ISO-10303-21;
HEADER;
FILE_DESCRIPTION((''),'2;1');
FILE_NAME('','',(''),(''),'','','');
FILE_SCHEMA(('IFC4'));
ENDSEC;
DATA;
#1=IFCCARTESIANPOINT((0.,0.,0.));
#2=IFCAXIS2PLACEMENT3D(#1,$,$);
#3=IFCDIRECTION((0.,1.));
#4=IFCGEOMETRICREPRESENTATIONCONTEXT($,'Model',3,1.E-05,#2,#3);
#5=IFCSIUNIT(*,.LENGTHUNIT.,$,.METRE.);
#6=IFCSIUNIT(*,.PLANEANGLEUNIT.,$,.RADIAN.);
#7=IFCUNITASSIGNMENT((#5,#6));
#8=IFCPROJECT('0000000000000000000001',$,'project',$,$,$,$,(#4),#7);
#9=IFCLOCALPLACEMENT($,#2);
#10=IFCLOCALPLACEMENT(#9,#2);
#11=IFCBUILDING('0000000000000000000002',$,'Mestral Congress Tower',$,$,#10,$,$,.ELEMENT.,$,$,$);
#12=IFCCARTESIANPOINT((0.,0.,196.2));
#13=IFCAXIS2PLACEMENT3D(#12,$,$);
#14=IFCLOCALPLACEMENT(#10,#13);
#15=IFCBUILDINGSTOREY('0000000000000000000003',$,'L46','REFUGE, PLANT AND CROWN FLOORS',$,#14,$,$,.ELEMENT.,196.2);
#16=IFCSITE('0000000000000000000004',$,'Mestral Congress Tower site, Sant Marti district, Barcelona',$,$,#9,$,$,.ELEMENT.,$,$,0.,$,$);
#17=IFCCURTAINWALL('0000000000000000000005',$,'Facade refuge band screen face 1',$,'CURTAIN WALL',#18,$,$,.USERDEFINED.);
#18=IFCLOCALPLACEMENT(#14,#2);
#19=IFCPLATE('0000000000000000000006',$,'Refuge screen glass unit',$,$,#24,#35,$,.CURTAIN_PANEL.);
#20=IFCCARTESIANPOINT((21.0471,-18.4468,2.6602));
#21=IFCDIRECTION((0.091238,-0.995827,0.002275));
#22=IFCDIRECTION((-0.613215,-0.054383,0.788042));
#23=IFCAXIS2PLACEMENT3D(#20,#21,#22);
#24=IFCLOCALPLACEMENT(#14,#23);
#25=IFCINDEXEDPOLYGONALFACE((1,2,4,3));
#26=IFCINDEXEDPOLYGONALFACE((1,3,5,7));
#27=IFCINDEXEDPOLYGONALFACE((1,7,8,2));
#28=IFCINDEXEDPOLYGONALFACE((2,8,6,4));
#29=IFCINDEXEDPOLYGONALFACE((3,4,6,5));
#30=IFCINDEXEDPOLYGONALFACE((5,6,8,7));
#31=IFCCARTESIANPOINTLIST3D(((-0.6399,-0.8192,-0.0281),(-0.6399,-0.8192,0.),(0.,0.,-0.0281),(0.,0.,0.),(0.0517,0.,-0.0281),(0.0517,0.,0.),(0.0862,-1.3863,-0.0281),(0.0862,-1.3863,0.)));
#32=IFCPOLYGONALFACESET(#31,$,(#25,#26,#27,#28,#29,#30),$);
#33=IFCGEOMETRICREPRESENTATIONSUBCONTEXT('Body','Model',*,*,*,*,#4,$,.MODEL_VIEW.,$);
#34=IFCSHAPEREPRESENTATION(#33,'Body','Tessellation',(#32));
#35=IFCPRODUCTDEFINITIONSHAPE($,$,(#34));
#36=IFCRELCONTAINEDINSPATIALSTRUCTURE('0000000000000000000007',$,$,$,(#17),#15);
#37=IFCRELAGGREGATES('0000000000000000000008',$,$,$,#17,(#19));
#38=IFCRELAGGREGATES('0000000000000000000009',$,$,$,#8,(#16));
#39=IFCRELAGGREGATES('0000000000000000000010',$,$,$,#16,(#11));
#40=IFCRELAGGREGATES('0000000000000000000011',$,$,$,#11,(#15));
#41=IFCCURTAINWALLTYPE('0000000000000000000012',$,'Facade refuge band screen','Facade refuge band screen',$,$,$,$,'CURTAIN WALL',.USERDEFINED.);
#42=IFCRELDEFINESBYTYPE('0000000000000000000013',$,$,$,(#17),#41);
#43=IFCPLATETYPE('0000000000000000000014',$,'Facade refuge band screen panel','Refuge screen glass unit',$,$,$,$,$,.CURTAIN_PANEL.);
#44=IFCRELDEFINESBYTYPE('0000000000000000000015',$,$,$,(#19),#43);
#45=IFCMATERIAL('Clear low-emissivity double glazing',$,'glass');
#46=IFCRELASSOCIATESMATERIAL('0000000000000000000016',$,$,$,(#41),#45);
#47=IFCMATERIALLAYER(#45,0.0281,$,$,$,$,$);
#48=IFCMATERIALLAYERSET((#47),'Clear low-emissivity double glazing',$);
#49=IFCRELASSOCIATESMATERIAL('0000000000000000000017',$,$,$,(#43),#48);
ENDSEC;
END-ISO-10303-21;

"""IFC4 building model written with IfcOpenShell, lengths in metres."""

from ifc_helpers import new_model, si_unit, direction, frame, origin, place, context, subcontext, project, spatial, polyline, outline, extrude, material, layer, layer_set, type_object, element, aggregate, save


model = new_model("IFC4")

# Units and contexts
model_context = context("Model", 3, precision=1e-05, world=origin(), true_north=direction((0.0, 1.0)))
body_context = subcontext(model_context, "Body", "Model", "MODEL_VIEW")
ifc_project = project(units=[si_unit("LENGTHUNIT", "METRE"), si_unit("PLANEANGLEUNIT", "RADIAN")], contexts=[model_context])

# Site, building, storey
site_placement = place(None, origin())
site = spatial("IfcSite", under=ifc_project, at=site_placement, Name="Mestral Congress Tower site, Sant Marti district, Barcelona", CompositionType="ELEMENT", RefElevation=0.0)
building_placement = place(site_placement, origin())
building = spatial("IfcBuilding", under=site, at=building_placement, Name="Mestral Congress Tower", CompositionType="ELEMENT")
storey_placement = place(building_placement, frame((0.0, 0.0, 196.2)))
storey = spatial("IfcBuildingStorey", under=building, at=storey_placement, Name="L46", Description="REFUGE, PLANT AND CROWN FLOORS", CompositionType="ELEMENT", Elevation=196.2)

# Shared definitions
ifc_material_1 = material(Name="Clear low-emissivity double glazing", Category="glass")
curtain_wall_type = type_object("IfcCurtainWallType", Name="Facade refuge band screen", Description="Facade refuge band screen", ElementType="CURTAIN WALL", PredefinedType="USERDEFINED", material=ifc_material_1)
placement = place(storey_placement, origin())

# Curtain wall
curtain_wall_1 = element("IfcCurtainWall", 1, at=placement, inside=storey, type_object=curtain_wall_type, Name="Facade refuge band screen face 1", ObjectType="CURTAIN WALL", PredefinedType="USERDEFINED")

# Plate
ifc_layer_1 = layer(ifc_material_1, 0.0281)
ifc_layer_set_1 = layer_set([ifc_layer_1], Name="Clear low-emissivity double glazing")
plate_type_1 = type_object("IfcPlateType", Name="Facade refuge band screen panel", Description="Refuge screen glass unit", PredefinedType="CURTAIN_PANEL", material=ifc_layer_set_1)
plate_1_placement = place(storey_placement, frame((21.0471, -18.4468, 2.6602), z_axis=(0.091238, -0.995827, 0.002275), x_axis=(-0.613215, -0.054383, 0.788042)))
plate_1 = element("IfcPlate", 2, at=plate_1_placement, type_object=plate_type_1, Name="Refuge screen glass unit", PredefinedType="CURTAIN_PANEL", context=body_context, shape_type="SweptSolid", body=[
    extrude(outline(polyline([(0.0, 0.0), (0.0517, 0.0), (0.0862, -1.3863), (-0.6399, -0.8192), (0.0, 0.0)])), origin(), (0.0, 0.0, -1.0), 0.0281),
])

aggregate(curtain_wall_1, [plate_1])

save(model, "model.ifc")
